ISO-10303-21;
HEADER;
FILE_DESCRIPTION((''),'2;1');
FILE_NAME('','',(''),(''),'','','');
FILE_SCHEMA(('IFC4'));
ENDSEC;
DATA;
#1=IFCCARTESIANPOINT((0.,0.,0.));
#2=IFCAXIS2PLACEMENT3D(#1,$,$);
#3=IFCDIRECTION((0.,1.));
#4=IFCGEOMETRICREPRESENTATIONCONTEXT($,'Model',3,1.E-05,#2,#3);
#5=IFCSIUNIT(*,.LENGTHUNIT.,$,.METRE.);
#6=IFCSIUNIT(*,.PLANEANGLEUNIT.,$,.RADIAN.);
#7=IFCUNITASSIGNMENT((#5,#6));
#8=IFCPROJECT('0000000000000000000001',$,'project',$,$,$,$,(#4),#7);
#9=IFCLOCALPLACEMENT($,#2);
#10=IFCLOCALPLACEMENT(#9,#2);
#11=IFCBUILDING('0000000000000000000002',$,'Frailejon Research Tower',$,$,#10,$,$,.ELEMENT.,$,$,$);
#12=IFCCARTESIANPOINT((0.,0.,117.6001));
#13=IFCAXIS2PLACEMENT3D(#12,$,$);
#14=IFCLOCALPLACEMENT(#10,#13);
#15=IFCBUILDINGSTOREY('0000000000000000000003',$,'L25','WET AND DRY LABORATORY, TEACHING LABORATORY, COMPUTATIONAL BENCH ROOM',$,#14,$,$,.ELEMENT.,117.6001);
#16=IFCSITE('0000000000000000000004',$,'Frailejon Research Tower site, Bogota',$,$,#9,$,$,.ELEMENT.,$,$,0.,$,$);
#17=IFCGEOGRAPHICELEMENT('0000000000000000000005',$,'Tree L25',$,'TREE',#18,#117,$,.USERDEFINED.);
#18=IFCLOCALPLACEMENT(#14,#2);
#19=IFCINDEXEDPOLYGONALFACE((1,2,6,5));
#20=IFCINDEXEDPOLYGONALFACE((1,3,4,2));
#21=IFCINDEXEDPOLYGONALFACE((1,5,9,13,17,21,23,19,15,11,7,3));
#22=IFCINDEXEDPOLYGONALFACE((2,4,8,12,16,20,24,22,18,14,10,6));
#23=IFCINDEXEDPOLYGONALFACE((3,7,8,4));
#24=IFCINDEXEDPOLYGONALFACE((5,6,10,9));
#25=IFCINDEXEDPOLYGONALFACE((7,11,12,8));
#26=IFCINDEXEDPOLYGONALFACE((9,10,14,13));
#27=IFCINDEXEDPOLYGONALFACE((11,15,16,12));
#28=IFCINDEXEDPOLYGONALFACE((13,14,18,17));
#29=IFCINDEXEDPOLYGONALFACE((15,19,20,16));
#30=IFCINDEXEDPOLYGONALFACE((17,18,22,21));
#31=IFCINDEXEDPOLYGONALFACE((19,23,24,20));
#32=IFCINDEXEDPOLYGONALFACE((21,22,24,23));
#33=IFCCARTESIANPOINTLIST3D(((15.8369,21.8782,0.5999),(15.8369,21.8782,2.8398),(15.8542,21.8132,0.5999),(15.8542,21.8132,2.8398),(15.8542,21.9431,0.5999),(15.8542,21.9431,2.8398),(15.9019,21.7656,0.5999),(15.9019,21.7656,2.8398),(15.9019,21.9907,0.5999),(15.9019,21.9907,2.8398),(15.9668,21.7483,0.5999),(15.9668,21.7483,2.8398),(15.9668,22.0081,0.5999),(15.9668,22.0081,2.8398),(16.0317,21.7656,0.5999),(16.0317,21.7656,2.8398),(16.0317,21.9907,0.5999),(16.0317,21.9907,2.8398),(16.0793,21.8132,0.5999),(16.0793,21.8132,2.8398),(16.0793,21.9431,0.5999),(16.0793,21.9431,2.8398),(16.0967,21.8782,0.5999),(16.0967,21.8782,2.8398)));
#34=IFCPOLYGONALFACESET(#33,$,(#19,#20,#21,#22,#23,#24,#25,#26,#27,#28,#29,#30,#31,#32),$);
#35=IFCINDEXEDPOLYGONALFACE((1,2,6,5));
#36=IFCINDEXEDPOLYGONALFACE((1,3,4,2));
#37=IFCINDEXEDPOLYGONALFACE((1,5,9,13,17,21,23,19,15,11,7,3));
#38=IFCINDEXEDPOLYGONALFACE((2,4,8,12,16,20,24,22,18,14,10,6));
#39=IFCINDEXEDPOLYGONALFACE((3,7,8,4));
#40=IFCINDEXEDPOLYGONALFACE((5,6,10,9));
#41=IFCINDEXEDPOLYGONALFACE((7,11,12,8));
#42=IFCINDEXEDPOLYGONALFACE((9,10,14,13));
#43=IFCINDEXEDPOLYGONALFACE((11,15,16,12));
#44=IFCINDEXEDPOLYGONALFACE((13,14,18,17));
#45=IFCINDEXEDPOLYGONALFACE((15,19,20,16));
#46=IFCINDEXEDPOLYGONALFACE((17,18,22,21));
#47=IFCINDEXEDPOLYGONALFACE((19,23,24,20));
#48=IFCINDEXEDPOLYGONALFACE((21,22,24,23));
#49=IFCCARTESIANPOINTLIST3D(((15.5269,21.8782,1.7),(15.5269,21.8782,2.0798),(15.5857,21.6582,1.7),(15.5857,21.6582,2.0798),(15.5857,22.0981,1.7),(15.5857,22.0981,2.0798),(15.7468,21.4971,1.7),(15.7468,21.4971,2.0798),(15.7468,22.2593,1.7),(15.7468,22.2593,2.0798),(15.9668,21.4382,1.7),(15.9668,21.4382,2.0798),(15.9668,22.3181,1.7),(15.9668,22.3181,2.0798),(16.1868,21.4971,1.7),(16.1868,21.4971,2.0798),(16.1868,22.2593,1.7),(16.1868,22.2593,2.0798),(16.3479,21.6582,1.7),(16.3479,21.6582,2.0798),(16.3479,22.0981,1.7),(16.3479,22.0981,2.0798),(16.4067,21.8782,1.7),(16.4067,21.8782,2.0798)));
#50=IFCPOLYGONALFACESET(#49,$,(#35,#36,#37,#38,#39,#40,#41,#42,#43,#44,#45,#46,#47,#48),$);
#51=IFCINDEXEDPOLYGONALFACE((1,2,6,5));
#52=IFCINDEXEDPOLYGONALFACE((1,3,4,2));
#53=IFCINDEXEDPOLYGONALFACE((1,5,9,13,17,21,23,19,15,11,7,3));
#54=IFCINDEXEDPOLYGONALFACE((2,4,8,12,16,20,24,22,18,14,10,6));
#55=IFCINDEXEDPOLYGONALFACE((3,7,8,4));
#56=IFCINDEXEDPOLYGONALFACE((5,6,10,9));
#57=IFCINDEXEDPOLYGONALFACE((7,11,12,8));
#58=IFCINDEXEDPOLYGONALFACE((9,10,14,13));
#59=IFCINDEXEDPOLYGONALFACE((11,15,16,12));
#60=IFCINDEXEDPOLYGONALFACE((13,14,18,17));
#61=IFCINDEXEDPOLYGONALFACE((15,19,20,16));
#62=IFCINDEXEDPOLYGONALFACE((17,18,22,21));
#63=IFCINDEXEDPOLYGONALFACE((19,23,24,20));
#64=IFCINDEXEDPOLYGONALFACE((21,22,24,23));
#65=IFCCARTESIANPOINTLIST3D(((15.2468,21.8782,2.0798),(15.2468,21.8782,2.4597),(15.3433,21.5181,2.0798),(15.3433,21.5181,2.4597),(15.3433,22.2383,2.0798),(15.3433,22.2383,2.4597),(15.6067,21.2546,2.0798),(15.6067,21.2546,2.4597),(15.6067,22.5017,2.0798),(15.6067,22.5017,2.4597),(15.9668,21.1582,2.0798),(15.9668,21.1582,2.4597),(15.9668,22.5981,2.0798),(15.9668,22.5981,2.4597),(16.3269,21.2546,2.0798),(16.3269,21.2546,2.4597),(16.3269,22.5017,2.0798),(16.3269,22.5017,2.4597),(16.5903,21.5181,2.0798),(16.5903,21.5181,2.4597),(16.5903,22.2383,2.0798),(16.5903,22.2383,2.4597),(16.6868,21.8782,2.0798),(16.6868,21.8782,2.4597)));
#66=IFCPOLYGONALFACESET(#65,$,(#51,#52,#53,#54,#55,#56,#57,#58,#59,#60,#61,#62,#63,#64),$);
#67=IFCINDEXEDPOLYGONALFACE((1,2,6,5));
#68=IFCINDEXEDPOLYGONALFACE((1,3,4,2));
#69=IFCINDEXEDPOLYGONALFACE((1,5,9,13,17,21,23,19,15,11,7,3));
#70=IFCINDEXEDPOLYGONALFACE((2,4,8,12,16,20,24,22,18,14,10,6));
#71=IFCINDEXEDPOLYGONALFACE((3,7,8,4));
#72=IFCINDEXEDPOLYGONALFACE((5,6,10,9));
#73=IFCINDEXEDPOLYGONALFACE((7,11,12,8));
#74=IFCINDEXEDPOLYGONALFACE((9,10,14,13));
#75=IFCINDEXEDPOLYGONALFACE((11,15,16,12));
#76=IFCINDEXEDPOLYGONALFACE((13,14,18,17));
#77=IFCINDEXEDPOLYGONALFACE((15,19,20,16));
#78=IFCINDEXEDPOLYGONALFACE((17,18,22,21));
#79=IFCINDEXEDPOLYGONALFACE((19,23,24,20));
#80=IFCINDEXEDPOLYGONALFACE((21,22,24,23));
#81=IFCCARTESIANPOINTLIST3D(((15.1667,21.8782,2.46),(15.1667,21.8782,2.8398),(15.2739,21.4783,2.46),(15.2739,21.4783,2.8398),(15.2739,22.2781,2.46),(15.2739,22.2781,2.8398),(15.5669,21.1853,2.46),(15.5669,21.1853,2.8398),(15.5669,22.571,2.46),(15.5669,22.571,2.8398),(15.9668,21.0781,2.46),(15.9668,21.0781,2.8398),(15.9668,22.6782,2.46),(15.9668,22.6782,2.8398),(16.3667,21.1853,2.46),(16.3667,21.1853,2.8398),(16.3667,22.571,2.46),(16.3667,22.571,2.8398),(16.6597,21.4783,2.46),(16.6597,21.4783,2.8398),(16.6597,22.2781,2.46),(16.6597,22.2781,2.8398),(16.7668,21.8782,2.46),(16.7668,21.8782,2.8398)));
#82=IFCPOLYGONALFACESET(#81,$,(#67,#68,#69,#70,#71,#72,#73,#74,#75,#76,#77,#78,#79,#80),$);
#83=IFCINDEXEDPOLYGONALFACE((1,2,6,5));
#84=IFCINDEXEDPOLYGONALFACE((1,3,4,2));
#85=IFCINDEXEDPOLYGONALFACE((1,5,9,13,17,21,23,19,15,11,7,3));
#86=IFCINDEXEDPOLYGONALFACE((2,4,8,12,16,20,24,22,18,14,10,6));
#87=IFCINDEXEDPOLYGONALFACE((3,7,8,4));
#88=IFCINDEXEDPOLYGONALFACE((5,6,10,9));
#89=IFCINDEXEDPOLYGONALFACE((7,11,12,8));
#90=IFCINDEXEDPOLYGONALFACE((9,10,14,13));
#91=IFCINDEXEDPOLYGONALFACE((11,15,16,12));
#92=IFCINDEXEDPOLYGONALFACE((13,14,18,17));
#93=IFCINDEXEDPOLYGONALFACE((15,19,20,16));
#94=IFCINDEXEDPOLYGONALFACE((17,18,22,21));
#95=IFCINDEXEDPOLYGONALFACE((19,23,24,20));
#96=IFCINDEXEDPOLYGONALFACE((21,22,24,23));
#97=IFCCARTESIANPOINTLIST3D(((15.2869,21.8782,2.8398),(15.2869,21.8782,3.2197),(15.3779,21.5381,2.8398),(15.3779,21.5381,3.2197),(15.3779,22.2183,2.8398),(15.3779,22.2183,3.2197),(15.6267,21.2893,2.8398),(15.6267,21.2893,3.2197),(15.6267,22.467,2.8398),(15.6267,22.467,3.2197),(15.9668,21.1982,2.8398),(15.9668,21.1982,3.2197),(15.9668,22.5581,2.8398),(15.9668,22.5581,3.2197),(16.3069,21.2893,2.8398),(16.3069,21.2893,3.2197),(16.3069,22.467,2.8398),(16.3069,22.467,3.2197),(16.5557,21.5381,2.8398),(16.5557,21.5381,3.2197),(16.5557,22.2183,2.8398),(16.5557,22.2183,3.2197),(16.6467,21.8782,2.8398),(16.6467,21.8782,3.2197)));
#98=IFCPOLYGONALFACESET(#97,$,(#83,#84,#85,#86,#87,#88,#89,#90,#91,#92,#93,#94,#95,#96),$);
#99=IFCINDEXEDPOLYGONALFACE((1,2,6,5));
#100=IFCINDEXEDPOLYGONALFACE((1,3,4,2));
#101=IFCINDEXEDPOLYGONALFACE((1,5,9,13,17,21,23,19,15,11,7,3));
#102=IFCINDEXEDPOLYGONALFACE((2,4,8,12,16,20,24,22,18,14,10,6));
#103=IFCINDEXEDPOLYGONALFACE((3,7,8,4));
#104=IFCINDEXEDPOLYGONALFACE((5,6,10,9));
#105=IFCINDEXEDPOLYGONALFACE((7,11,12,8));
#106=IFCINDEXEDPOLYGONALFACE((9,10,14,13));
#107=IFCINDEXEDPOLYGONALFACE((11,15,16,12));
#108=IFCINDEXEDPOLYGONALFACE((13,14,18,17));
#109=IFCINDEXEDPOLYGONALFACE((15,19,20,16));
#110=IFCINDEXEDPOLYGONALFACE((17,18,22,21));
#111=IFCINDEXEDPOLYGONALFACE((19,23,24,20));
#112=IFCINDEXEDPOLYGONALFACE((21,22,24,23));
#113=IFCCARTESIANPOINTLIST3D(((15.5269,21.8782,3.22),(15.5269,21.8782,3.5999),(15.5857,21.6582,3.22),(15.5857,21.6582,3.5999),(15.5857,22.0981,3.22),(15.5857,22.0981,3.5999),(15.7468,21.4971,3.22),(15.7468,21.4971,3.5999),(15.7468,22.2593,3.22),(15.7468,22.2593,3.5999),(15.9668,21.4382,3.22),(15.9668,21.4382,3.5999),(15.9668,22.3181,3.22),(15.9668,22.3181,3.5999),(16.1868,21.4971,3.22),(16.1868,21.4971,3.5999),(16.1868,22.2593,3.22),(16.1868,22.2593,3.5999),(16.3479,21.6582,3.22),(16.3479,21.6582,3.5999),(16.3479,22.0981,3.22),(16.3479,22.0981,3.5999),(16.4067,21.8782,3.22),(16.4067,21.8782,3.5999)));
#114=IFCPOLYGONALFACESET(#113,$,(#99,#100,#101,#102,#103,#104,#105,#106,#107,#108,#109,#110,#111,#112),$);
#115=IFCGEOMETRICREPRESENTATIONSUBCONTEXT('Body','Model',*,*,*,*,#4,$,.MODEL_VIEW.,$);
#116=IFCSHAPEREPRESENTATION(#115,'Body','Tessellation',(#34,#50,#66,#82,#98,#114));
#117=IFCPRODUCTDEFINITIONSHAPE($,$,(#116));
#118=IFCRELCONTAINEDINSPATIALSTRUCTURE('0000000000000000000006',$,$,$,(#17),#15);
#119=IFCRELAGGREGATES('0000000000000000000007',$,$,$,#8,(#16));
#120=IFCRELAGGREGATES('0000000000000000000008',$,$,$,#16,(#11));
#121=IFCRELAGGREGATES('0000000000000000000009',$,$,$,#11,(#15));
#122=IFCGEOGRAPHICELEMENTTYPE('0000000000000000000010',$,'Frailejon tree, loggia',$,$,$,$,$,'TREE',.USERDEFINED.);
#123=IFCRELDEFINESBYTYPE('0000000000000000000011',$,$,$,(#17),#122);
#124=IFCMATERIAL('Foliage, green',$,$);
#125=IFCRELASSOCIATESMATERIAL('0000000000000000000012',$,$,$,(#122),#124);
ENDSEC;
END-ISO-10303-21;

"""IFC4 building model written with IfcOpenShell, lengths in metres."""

from ifc_helpers import new_model, si_unit, direction, frame, origin, place, context, subcontext, project, spatial, polyline, outline, extrude, material, type_object, element, save


model = new_model("IFC4")

# Units and contexts
model_context = context("Model", 3, precision=1e-05, world=origin(), true_north=direction((0.0, 1.0)))
body_context = subcontext(model_context, "Body", "Model", "MODEL_VIEW")
ifc_project = project(units=[si_unit("LENGTHUNIT", "METRE"), si_unit("PLANEANGLEUNIT", "RADIAN")], contexts=[model_context])

# Site, building, storey
site_placement = place(None, origin())
site = spatial("IfcSite", under=ifc_project, at=site_placement, Name="Frailejon Research Tower site, Bogota", CompositionType="ELEMENT", RefElevation=0.0)
building_placement = place(site_placement, origin())
building = spatial("IfcBuilding", under=site, at=building_placement, Name="Frailejon Research Tower", CompositionType="ELEMENT")
storey_placement = place(building_placement, frame((0.0, 0.0, 117.6001)))
storey = spatial("IfcBuildingStorey", under=building, at=storey_placement, Name="L25", Description="WET AND DRY LABORATORY, TEACHING LABORATORY, COMPUTATIONAL BENCH ROOM", CompositionType="ELEMENT", Elevation=117.6001)

# Geographic element
ifc_material_1 = material(Name="Foliage, green")
geographic_element_type = type_object("IfcGeographicElementType", Name="Frailejon tree, loggia", ElementType="TREE", PredefinedType="USERDEFINED", material=ifc_material_1)
geographic_element_placement = place(storey_placement, frame((15.9668, 21.8782, 0.5999)))
element("IfcGeographicElement", 1, at=geographic_element_placement, inside=storey, type_object=geographic_element_type, Name="Tree L25", ObjectType="TREE", PredefinedType="USERDEFINED", context=body_context, shape_type="SweptSolid", body=[
    extrude(outline(polyline([(0.1299, 0.0), (0.1125, 0.0649), (0.0649, 0.1125), (0.0, 0.1299), (-0.0649, 0.1125), (-0.1125, 0.0649), (-0.1299, 0.0), (-0.1125, -0.0649), (-0.0649, -0.1125), (0.0, -0.1299), (0.0649, -0.1125), (0.1125, -0.0649), (0.1299, 0.0)])), origin(), (0.0, 0.0, 1.0), 2.24),
    extrude(outline(polyline([(0.4399, 0.0), (0.3811, 0.22), (0.22, 0.3811), (0.0, 0.4399), (-0.22, 0.3811), (-0.3811, 0.22), (-0.4399, 0.0), (-0.3811, -0.22), (-0.22, -0.3811), (0.0, -0.4399), (0.22, -0.3811), (0.3811, -0.22), (0.4399, 0.0)])), frame((0.0, 0.0, 1.1001)), (0.0, 0.0, 1.0), 0.3799),
    extrude(outline(polyline([(0.72, 0.0), (0.6235, 0.3601), (0.3601, 0.6235), (0.0, 0.72), (-0.3601, 0.6235), (-0.6235, 0.3601), (-0.72, 0.0), (-0.6235, -0.3601), (-0.3601, -0.6235), (0.0, -0.72), (0.3601, -0.6235), (0.6235, -0.3601), (0.72, 0.0)])), frame((0.0, 0.0, 1.48)), (0.0, 0.0, 1.0), 0.3799),
    extrude(outline(polyline([(0.8, 0.0), (0.6929, 0.3999), (0.3999, 0.6929), (0.0, 0.8), (-0.3999, 0.6929), (-0.6929, 0.3999), (-0.8, 0.0), (-0.6929, -0.3999), (-0.3999, -0.6929), (0.0, -0.8), (0.3999, -0.6929), (0.6929, -0.3999), (0.8, 0.0)])), frame((0.0, 0.0, 1.8601)), (0.0, 0.0, 1.0), 0.3799),
    extrude(outline(polyline([(0.6799, 0.0), (0.5889, 0.3401), (0.3401, 0.5889), (0.0, 0.6799), (-0.3401, 0.5889), (-0.5889, 0.3401), (-0.6799, 0.0), (-0.5889, -0.3401), (-0.3401, -0.5889), (0.0, -0.6799), (0.3401, -0.5889), (0.5889, -0.3401), (0.6799, 0.0)])), frame((0.0, 0.0, 2.24)), (0.0, 0.0, 1.0), 0.3799),
    extrude(outline(polyline([(0.4399, 0.0), (0.3811, 0.22), (0.22, 0.3811), (0.0, 0.4399), (-0.22, 0.3811), (-0.3811, 0.22), (-0.4399, 0.0), (-0.3811, -0.22), (-0.22, -0.3811), (0.0, -0.4399), (0.22, -0.3811), (0.3811, -0.22), (0.4399, 0.0)])), frame((0.0, 0.0, 2.6201)), (0.0, 0.0, 1.0), 0.3799),
])

save(model, "model.ifc")
